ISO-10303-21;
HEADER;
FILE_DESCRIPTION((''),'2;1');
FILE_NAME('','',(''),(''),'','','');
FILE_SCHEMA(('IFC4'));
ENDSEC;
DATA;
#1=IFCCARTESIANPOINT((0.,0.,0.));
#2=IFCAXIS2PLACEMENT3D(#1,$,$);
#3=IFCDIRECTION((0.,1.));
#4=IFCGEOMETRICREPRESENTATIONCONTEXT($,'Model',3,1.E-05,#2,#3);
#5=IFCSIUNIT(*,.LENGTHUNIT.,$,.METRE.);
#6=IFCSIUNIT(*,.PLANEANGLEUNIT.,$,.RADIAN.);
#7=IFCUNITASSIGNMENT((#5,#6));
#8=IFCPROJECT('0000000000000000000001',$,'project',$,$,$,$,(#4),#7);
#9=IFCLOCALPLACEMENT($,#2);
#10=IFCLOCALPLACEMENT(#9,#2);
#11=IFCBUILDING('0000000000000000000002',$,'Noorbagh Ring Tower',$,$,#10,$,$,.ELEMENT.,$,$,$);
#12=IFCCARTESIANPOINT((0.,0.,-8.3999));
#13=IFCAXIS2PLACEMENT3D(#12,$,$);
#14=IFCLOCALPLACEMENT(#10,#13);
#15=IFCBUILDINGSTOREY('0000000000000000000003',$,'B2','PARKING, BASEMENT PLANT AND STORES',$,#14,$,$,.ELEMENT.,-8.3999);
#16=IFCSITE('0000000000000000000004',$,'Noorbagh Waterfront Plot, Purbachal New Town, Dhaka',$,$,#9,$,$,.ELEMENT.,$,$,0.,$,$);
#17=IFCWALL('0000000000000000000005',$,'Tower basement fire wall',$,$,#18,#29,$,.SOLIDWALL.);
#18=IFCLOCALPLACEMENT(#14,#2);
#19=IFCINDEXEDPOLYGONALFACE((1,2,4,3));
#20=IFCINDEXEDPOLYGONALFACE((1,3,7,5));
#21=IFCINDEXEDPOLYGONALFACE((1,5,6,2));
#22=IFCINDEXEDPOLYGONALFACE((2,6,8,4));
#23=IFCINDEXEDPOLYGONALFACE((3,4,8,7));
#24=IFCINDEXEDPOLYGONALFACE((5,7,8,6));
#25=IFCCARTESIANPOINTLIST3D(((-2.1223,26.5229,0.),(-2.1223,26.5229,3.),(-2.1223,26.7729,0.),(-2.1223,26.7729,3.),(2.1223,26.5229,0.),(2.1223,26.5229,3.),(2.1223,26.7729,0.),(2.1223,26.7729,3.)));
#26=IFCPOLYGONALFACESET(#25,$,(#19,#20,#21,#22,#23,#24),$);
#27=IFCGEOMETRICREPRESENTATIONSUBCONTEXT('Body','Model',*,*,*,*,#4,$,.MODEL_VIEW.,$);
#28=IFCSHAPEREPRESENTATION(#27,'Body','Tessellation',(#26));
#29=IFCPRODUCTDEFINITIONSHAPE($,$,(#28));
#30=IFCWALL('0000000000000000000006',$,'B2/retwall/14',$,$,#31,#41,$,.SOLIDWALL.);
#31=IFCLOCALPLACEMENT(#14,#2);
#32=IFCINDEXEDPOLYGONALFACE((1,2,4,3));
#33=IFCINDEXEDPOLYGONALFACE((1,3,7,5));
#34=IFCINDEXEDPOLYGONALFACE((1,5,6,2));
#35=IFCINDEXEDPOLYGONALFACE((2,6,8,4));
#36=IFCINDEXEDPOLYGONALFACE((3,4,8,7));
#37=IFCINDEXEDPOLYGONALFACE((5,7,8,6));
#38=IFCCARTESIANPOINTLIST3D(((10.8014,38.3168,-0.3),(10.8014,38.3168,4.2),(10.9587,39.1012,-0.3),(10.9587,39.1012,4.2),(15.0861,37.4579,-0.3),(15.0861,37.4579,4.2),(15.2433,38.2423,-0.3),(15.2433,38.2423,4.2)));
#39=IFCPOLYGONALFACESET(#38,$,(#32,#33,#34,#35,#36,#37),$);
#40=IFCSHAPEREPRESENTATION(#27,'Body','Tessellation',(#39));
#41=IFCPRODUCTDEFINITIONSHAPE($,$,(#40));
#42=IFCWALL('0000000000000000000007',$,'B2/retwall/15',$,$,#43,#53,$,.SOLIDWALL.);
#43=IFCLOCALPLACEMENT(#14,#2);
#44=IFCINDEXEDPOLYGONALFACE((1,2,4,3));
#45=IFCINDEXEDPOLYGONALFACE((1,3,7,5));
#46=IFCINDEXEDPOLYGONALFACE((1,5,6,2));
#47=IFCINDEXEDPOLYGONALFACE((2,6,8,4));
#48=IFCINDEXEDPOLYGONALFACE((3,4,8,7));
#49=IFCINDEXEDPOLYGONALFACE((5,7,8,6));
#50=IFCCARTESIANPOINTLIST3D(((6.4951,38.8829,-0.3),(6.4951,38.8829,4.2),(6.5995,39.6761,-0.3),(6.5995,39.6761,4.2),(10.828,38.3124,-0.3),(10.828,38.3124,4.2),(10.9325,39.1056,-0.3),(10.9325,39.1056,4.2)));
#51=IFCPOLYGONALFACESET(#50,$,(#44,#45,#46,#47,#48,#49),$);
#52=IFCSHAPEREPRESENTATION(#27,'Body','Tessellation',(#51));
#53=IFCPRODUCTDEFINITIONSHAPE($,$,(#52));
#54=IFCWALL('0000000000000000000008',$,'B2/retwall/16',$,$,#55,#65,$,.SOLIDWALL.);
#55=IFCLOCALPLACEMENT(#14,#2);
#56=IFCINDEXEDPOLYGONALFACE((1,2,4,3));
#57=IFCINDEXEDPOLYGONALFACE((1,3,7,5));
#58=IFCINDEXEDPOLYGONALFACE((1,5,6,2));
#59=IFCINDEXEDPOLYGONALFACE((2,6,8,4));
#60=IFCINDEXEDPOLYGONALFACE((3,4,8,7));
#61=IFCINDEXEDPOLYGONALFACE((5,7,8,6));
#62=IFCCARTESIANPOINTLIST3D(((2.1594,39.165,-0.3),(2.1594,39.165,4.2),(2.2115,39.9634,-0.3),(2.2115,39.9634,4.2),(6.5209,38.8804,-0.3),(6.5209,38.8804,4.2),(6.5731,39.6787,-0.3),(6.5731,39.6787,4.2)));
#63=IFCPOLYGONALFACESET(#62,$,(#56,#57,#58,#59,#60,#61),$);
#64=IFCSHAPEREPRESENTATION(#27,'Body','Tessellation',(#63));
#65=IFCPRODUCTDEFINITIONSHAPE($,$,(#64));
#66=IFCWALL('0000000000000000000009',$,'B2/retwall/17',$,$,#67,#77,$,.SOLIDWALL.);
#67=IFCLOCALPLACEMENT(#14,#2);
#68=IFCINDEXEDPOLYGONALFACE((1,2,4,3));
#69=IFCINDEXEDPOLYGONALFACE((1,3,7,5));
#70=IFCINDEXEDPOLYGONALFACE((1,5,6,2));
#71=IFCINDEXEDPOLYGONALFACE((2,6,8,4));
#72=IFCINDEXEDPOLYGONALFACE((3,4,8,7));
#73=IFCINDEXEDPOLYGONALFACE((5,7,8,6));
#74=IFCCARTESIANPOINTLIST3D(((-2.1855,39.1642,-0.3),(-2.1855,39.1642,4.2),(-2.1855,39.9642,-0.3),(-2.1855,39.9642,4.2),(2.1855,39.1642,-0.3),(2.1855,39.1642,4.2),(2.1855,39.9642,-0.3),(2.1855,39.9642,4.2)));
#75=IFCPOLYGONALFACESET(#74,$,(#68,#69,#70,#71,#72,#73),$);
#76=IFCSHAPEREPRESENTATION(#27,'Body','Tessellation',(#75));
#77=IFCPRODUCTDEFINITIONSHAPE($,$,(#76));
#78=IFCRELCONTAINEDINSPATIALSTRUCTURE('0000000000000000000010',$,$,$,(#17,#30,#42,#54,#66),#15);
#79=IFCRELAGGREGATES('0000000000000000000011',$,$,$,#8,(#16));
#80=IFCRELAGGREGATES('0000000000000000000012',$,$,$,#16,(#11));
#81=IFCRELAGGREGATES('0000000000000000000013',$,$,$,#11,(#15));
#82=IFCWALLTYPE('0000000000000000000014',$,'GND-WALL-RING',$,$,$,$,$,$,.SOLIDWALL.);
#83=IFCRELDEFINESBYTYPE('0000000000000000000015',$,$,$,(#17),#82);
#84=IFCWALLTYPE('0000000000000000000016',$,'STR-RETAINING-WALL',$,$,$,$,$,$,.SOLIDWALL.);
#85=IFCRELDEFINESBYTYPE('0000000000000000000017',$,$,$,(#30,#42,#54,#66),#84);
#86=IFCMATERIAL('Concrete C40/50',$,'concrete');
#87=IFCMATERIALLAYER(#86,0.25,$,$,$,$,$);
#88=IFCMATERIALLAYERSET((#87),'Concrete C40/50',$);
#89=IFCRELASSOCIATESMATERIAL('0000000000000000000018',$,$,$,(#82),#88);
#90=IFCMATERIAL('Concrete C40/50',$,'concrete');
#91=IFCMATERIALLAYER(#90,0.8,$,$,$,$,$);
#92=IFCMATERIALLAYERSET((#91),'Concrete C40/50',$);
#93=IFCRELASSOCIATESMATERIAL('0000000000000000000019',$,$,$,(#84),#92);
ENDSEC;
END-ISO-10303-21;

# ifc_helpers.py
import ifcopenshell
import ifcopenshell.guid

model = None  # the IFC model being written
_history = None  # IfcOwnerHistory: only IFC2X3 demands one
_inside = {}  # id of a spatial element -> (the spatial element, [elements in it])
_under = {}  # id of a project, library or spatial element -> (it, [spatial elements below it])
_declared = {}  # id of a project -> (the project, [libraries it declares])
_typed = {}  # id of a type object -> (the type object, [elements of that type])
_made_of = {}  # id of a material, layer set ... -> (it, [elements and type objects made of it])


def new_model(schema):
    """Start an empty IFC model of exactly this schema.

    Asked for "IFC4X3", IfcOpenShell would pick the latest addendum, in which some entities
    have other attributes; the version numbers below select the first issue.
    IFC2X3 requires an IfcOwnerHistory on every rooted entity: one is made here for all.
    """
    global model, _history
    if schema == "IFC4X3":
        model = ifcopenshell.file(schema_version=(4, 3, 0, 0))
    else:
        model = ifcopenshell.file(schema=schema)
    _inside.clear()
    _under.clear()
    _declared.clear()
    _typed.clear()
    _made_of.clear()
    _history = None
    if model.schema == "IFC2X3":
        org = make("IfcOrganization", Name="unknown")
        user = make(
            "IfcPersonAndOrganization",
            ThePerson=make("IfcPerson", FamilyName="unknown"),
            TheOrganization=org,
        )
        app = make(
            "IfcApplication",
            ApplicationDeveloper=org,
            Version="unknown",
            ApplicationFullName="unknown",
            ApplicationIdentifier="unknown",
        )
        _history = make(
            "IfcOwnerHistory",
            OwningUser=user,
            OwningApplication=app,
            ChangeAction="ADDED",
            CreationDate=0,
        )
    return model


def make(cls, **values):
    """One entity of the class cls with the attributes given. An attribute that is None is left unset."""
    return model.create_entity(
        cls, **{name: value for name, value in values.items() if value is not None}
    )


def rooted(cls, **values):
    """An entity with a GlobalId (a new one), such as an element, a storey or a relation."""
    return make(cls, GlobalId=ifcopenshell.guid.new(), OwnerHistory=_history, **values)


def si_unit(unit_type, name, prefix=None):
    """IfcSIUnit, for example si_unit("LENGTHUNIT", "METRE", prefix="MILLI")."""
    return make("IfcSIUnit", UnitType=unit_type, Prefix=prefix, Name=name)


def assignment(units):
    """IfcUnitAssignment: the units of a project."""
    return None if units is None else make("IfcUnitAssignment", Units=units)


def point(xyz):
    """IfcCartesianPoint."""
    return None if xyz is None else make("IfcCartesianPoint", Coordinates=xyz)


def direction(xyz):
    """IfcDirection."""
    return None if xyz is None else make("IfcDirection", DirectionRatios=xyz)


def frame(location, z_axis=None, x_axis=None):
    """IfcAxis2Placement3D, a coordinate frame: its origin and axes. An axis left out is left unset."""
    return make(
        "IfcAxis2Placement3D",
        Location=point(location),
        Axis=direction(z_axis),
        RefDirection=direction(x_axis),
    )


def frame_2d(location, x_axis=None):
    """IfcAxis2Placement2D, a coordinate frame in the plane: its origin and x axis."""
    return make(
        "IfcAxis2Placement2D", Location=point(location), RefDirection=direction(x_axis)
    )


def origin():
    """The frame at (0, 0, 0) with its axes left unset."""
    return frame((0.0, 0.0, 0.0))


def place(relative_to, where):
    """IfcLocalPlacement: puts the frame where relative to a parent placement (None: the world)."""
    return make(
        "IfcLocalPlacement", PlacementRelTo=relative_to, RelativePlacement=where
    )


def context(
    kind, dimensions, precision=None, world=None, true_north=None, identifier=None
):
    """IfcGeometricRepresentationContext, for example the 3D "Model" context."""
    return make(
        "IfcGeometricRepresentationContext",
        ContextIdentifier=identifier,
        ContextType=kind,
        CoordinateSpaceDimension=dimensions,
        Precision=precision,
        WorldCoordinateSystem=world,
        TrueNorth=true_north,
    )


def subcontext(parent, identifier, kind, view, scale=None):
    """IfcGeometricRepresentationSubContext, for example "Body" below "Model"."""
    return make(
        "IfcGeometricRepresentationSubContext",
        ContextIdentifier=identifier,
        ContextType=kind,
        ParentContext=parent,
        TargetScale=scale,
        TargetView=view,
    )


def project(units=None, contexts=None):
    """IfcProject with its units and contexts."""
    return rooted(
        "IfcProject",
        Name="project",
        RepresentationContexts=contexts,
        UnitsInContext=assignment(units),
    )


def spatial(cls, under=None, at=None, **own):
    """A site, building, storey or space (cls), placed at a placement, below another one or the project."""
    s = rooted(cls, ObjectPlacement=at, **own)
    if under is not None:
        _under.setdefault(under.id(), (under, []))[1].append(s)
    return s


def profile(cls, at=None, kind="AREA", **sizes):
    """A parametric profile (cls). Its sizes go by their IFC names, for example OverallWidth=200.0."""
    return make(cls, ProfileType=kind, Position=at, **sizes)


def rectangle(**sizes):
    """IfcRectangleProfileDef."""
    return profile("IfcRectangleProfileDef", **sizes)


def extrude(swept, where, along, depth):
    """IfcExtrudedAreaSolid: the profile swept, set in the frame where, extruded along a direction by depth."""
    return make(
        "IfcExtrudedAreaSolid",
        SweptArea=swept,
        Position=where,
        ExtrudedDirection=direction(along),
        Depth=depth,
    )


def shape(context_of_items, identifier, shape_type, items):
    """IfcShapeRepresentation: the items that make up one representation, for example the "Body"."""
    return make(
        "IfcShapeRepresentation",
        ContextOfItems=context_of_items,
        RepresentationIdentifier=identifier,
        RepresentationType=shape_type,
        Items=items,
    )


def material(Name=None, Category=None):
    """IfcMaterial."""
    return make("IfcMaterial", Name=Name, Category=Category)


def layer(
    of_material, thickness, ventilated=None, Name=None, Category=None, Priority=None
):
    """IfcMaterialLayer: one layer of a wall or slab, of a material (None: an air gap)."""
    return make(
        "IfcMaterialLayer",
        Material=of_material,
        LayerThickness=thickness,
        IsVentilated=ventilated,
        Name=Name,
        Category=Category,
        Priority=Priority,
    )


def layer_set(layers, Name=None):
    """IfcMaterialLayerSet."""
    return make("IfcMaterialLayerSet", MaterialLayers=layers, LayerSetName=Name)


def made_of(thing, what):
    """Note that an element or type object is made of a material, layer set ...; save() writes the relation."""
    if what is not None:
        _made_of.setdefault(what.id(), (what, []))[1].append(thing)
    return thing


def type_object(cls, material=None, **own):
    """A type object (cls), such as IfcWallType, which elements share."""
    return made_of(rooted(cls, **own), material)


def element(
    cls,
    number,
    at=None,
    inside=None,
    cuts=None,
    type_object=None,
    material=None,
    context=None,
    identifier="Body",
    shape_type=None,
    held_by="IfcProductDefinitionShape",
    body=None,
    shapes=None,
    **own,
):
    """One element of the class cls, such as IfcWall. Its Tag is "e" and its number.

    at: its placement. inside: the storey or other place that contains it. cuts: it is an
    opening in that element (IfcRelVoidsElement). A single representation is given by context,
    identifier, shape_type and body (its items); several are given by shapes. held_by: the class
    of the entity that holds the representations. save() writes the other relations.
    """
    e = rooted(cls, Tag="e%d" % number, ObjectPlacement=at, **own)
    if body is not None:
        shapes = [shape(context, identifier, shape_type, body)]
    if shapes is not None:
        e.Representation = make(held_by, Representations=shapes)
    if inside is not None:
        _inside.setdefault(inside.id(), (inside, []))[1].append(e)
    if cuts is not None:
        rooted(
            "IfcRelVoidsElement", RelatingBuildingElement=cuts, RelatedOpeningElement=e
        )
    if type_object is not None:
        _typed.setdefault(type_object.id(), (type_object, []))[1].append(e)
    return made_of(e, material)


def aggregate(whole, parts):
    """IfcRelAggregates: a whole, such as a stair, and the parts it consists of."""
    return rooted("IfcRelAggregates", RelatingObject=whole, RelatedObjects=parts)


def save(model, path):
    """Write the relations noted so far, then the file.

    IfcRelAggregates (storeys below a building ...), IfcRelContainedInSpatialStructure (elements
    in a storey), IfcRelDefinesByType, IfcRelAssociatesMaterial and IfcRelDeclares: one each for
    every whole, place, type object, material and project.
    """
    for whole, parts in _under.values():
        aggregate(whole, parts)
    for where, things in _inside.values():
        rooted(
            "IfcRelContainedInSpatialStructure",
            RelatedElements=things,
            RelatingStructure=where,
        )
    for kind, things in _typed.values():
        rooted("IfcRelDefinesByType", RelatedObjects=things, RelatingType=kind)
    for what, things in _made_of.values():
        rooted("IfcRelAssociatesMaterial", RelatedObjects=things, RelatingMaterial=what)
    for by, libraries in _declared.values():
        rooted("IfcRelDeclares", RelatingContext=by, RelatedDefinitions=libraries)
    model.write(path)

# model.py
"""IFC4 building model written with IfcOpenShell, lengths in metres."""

from ifc_helpers import new_model, si_unit, direction, frame, frame_2d, origin, place, context, subcontext, project, spatial, rectangle, extrude, material, layer, layer_set, type_object, element, save


model = new_model("IFC4")

# Units and contexts
model_context = context("Model", 3, precision=1e-05, world=origin(), true_north=direction((0.0, 1.0)))
body_context = subcontext(model_context, "Body", "Model", "MODEL_VIEW")
ifc_project = project(units=[si_unit("LENGTHUNIT", "METRE"), si_unit("PLANEANGLEUNIT", "RADIAN")], contexts=[model_context])

# Site, building, storey
site_placement = place(None, origin())
site = spatial("IfcSite", under=ifc_project, at=site_placement, Name="Noorbagh Waterfront Plot, Purbachal New Town, Dhaka", CompositionType="ELEMENT", RefElevation=0.0)
building_placement = place(site_placement, origin())
building = spatial("IfcBuilding", under=site, at=building_placement, Name="Noorbagh Ring Tower", CompositionType="ELEMENT")
storey_placement = place(building_placement, frame((0.0, 0.0, -8.3999)))
storey = spatial("IfcBuildingStorey", under=building, at=storey_placement, Name="B2", Description="PARKING, BASEMENT PLANT AND STORES", CompositionType="ELEMENT", Elevation=-8.3999)

# Walls
ifc_material_1 = material(Name="Concrete C40/50", Category="concrete")
ifc_layer_1 = layer(ifc_material_1, 0.25)
ifc_layer_set_1 = layer_set([ifc_layer_1], Name="Concrete C40/50")
wall_type_1 = type_object("IfcWallType", Name="GND-WALL-RING", PredefinedType="SOLIDWALL", material=ifc_layer_set_1)
wall_1_placement = place(storey_placement, frame((2.1223, 26.6479, 0.0), z_axis=(0.0, 0.0, 1.0), x_axis=(-1.0, 0.0, 0.0)))
element("IfcWall", 1, at=wall_1_placement, inside=storey, type_object=wall_type_1, Name="Tower basement fire wall", PredefinedType="SOLIDWALL", context=body_context, shape_type="SweptSolid", body=[
    extrude(rectangle(XDim=4.2446, YDim=0.25, at=frame_2d((2.1223, 0.0))), origin(), (0.0, 0.0, 1.0), 3.0),
])
ifc_material_2 = material(Name="Concrete C40/50", Category="concrete")
ifc_layer_2 = layer(ifc_material_2, 0.8)
ifc_layer_set_2 = layer_set([ifc_layer_2], Name="Concrete C40/50")
wall_type_2 = type_object("IfcWallType", Name="STR-RETAINING-WALL", PredefinedType="SOLIDWALL", material=ifc_layer_set_2)
wall_2_placement = place(storey_placement, frame((15.1648, 37.8501, -0.3), z_axis=(0.0, 0.0, 1.0), x_axis=(-0.980495, 0.196546, 0.0)))
element("IfcWall", 2, at=wall_2_placement, inside=storey, type_object=wall_type_2, Name="B2/retwall/14", PredefinedType="SOLIDWALL", context=body_context, shape_type="SweptSolid", body=[
    extrude(rectangle(XDim=4.3699, YDim=0.8, at=frame_2d((2.1851, 0.0))), origin(), (0.0, 0.0, 1.0), 4.5),
])
wall_3_placement = place(storey_placement, frame((10.8801, 38.709, -0.3), z_axis=(0.0, 0.0, 1.0), x_axis=(-0.991442, 0.13055, 0.0)))
element("IfcWall", 3, at=wall_3_placement, inside=storey, type_object=wall_type_2, Name="B2/retwall/15", PredefinedType="SOLIDWALL", context=body_context, shape_type="SweptSolid", body=[
    extrude(rectangle(XDim=4.3704, YDim=0.8, at=frame_2d((2.1851, 0.0))), origin(), (0.0, 0.0, 1.0), 4.5),
])
wall_4_placement = place(storey_placement, frame((6.5471, 39.2795, -0.3), z_axis=(0.0, 0.0, 1.0), x_axis=(-0.997877, 0.065129, 0.0)))
element("IfcWall", 4, at=wall_4_placement, inside=storey, type_object=wall_type_2, Name="B2/retwall/16", PredefinedType="SOLIDWALL", context=body_context, shape_type="SweptSolid", body=[
    extrude(rectangle(XDim=4.3708, YDim=0.8, at=frame_2d((2.1855, 0.0))), origin(), (0.0, 0.0, 1.0), 4.5),
])
wall_5_placement = place(storey_placement, frame((2.1855, 39.5642, -0.3), z_axis=(0.0, 0.0, 1.0), x_axis=(-1.0, 0.0, 0.0)))
element("IfcWall", 5, at=wall_5_placement, inside=storey, type_object=wall_type_2, Name="B2/retwall/17", PredefinedType="SOLIDWALL", context=body_context, shape_type="SweptSolid", body=[
    extrude(rectangle(XDim=4.3711, YDim=0.8, at=frame_2d((2.1855, 0.0))), origin(), (0.0, 0.0, 1.0), 4.5),
])

save(model, "model.ifc")
